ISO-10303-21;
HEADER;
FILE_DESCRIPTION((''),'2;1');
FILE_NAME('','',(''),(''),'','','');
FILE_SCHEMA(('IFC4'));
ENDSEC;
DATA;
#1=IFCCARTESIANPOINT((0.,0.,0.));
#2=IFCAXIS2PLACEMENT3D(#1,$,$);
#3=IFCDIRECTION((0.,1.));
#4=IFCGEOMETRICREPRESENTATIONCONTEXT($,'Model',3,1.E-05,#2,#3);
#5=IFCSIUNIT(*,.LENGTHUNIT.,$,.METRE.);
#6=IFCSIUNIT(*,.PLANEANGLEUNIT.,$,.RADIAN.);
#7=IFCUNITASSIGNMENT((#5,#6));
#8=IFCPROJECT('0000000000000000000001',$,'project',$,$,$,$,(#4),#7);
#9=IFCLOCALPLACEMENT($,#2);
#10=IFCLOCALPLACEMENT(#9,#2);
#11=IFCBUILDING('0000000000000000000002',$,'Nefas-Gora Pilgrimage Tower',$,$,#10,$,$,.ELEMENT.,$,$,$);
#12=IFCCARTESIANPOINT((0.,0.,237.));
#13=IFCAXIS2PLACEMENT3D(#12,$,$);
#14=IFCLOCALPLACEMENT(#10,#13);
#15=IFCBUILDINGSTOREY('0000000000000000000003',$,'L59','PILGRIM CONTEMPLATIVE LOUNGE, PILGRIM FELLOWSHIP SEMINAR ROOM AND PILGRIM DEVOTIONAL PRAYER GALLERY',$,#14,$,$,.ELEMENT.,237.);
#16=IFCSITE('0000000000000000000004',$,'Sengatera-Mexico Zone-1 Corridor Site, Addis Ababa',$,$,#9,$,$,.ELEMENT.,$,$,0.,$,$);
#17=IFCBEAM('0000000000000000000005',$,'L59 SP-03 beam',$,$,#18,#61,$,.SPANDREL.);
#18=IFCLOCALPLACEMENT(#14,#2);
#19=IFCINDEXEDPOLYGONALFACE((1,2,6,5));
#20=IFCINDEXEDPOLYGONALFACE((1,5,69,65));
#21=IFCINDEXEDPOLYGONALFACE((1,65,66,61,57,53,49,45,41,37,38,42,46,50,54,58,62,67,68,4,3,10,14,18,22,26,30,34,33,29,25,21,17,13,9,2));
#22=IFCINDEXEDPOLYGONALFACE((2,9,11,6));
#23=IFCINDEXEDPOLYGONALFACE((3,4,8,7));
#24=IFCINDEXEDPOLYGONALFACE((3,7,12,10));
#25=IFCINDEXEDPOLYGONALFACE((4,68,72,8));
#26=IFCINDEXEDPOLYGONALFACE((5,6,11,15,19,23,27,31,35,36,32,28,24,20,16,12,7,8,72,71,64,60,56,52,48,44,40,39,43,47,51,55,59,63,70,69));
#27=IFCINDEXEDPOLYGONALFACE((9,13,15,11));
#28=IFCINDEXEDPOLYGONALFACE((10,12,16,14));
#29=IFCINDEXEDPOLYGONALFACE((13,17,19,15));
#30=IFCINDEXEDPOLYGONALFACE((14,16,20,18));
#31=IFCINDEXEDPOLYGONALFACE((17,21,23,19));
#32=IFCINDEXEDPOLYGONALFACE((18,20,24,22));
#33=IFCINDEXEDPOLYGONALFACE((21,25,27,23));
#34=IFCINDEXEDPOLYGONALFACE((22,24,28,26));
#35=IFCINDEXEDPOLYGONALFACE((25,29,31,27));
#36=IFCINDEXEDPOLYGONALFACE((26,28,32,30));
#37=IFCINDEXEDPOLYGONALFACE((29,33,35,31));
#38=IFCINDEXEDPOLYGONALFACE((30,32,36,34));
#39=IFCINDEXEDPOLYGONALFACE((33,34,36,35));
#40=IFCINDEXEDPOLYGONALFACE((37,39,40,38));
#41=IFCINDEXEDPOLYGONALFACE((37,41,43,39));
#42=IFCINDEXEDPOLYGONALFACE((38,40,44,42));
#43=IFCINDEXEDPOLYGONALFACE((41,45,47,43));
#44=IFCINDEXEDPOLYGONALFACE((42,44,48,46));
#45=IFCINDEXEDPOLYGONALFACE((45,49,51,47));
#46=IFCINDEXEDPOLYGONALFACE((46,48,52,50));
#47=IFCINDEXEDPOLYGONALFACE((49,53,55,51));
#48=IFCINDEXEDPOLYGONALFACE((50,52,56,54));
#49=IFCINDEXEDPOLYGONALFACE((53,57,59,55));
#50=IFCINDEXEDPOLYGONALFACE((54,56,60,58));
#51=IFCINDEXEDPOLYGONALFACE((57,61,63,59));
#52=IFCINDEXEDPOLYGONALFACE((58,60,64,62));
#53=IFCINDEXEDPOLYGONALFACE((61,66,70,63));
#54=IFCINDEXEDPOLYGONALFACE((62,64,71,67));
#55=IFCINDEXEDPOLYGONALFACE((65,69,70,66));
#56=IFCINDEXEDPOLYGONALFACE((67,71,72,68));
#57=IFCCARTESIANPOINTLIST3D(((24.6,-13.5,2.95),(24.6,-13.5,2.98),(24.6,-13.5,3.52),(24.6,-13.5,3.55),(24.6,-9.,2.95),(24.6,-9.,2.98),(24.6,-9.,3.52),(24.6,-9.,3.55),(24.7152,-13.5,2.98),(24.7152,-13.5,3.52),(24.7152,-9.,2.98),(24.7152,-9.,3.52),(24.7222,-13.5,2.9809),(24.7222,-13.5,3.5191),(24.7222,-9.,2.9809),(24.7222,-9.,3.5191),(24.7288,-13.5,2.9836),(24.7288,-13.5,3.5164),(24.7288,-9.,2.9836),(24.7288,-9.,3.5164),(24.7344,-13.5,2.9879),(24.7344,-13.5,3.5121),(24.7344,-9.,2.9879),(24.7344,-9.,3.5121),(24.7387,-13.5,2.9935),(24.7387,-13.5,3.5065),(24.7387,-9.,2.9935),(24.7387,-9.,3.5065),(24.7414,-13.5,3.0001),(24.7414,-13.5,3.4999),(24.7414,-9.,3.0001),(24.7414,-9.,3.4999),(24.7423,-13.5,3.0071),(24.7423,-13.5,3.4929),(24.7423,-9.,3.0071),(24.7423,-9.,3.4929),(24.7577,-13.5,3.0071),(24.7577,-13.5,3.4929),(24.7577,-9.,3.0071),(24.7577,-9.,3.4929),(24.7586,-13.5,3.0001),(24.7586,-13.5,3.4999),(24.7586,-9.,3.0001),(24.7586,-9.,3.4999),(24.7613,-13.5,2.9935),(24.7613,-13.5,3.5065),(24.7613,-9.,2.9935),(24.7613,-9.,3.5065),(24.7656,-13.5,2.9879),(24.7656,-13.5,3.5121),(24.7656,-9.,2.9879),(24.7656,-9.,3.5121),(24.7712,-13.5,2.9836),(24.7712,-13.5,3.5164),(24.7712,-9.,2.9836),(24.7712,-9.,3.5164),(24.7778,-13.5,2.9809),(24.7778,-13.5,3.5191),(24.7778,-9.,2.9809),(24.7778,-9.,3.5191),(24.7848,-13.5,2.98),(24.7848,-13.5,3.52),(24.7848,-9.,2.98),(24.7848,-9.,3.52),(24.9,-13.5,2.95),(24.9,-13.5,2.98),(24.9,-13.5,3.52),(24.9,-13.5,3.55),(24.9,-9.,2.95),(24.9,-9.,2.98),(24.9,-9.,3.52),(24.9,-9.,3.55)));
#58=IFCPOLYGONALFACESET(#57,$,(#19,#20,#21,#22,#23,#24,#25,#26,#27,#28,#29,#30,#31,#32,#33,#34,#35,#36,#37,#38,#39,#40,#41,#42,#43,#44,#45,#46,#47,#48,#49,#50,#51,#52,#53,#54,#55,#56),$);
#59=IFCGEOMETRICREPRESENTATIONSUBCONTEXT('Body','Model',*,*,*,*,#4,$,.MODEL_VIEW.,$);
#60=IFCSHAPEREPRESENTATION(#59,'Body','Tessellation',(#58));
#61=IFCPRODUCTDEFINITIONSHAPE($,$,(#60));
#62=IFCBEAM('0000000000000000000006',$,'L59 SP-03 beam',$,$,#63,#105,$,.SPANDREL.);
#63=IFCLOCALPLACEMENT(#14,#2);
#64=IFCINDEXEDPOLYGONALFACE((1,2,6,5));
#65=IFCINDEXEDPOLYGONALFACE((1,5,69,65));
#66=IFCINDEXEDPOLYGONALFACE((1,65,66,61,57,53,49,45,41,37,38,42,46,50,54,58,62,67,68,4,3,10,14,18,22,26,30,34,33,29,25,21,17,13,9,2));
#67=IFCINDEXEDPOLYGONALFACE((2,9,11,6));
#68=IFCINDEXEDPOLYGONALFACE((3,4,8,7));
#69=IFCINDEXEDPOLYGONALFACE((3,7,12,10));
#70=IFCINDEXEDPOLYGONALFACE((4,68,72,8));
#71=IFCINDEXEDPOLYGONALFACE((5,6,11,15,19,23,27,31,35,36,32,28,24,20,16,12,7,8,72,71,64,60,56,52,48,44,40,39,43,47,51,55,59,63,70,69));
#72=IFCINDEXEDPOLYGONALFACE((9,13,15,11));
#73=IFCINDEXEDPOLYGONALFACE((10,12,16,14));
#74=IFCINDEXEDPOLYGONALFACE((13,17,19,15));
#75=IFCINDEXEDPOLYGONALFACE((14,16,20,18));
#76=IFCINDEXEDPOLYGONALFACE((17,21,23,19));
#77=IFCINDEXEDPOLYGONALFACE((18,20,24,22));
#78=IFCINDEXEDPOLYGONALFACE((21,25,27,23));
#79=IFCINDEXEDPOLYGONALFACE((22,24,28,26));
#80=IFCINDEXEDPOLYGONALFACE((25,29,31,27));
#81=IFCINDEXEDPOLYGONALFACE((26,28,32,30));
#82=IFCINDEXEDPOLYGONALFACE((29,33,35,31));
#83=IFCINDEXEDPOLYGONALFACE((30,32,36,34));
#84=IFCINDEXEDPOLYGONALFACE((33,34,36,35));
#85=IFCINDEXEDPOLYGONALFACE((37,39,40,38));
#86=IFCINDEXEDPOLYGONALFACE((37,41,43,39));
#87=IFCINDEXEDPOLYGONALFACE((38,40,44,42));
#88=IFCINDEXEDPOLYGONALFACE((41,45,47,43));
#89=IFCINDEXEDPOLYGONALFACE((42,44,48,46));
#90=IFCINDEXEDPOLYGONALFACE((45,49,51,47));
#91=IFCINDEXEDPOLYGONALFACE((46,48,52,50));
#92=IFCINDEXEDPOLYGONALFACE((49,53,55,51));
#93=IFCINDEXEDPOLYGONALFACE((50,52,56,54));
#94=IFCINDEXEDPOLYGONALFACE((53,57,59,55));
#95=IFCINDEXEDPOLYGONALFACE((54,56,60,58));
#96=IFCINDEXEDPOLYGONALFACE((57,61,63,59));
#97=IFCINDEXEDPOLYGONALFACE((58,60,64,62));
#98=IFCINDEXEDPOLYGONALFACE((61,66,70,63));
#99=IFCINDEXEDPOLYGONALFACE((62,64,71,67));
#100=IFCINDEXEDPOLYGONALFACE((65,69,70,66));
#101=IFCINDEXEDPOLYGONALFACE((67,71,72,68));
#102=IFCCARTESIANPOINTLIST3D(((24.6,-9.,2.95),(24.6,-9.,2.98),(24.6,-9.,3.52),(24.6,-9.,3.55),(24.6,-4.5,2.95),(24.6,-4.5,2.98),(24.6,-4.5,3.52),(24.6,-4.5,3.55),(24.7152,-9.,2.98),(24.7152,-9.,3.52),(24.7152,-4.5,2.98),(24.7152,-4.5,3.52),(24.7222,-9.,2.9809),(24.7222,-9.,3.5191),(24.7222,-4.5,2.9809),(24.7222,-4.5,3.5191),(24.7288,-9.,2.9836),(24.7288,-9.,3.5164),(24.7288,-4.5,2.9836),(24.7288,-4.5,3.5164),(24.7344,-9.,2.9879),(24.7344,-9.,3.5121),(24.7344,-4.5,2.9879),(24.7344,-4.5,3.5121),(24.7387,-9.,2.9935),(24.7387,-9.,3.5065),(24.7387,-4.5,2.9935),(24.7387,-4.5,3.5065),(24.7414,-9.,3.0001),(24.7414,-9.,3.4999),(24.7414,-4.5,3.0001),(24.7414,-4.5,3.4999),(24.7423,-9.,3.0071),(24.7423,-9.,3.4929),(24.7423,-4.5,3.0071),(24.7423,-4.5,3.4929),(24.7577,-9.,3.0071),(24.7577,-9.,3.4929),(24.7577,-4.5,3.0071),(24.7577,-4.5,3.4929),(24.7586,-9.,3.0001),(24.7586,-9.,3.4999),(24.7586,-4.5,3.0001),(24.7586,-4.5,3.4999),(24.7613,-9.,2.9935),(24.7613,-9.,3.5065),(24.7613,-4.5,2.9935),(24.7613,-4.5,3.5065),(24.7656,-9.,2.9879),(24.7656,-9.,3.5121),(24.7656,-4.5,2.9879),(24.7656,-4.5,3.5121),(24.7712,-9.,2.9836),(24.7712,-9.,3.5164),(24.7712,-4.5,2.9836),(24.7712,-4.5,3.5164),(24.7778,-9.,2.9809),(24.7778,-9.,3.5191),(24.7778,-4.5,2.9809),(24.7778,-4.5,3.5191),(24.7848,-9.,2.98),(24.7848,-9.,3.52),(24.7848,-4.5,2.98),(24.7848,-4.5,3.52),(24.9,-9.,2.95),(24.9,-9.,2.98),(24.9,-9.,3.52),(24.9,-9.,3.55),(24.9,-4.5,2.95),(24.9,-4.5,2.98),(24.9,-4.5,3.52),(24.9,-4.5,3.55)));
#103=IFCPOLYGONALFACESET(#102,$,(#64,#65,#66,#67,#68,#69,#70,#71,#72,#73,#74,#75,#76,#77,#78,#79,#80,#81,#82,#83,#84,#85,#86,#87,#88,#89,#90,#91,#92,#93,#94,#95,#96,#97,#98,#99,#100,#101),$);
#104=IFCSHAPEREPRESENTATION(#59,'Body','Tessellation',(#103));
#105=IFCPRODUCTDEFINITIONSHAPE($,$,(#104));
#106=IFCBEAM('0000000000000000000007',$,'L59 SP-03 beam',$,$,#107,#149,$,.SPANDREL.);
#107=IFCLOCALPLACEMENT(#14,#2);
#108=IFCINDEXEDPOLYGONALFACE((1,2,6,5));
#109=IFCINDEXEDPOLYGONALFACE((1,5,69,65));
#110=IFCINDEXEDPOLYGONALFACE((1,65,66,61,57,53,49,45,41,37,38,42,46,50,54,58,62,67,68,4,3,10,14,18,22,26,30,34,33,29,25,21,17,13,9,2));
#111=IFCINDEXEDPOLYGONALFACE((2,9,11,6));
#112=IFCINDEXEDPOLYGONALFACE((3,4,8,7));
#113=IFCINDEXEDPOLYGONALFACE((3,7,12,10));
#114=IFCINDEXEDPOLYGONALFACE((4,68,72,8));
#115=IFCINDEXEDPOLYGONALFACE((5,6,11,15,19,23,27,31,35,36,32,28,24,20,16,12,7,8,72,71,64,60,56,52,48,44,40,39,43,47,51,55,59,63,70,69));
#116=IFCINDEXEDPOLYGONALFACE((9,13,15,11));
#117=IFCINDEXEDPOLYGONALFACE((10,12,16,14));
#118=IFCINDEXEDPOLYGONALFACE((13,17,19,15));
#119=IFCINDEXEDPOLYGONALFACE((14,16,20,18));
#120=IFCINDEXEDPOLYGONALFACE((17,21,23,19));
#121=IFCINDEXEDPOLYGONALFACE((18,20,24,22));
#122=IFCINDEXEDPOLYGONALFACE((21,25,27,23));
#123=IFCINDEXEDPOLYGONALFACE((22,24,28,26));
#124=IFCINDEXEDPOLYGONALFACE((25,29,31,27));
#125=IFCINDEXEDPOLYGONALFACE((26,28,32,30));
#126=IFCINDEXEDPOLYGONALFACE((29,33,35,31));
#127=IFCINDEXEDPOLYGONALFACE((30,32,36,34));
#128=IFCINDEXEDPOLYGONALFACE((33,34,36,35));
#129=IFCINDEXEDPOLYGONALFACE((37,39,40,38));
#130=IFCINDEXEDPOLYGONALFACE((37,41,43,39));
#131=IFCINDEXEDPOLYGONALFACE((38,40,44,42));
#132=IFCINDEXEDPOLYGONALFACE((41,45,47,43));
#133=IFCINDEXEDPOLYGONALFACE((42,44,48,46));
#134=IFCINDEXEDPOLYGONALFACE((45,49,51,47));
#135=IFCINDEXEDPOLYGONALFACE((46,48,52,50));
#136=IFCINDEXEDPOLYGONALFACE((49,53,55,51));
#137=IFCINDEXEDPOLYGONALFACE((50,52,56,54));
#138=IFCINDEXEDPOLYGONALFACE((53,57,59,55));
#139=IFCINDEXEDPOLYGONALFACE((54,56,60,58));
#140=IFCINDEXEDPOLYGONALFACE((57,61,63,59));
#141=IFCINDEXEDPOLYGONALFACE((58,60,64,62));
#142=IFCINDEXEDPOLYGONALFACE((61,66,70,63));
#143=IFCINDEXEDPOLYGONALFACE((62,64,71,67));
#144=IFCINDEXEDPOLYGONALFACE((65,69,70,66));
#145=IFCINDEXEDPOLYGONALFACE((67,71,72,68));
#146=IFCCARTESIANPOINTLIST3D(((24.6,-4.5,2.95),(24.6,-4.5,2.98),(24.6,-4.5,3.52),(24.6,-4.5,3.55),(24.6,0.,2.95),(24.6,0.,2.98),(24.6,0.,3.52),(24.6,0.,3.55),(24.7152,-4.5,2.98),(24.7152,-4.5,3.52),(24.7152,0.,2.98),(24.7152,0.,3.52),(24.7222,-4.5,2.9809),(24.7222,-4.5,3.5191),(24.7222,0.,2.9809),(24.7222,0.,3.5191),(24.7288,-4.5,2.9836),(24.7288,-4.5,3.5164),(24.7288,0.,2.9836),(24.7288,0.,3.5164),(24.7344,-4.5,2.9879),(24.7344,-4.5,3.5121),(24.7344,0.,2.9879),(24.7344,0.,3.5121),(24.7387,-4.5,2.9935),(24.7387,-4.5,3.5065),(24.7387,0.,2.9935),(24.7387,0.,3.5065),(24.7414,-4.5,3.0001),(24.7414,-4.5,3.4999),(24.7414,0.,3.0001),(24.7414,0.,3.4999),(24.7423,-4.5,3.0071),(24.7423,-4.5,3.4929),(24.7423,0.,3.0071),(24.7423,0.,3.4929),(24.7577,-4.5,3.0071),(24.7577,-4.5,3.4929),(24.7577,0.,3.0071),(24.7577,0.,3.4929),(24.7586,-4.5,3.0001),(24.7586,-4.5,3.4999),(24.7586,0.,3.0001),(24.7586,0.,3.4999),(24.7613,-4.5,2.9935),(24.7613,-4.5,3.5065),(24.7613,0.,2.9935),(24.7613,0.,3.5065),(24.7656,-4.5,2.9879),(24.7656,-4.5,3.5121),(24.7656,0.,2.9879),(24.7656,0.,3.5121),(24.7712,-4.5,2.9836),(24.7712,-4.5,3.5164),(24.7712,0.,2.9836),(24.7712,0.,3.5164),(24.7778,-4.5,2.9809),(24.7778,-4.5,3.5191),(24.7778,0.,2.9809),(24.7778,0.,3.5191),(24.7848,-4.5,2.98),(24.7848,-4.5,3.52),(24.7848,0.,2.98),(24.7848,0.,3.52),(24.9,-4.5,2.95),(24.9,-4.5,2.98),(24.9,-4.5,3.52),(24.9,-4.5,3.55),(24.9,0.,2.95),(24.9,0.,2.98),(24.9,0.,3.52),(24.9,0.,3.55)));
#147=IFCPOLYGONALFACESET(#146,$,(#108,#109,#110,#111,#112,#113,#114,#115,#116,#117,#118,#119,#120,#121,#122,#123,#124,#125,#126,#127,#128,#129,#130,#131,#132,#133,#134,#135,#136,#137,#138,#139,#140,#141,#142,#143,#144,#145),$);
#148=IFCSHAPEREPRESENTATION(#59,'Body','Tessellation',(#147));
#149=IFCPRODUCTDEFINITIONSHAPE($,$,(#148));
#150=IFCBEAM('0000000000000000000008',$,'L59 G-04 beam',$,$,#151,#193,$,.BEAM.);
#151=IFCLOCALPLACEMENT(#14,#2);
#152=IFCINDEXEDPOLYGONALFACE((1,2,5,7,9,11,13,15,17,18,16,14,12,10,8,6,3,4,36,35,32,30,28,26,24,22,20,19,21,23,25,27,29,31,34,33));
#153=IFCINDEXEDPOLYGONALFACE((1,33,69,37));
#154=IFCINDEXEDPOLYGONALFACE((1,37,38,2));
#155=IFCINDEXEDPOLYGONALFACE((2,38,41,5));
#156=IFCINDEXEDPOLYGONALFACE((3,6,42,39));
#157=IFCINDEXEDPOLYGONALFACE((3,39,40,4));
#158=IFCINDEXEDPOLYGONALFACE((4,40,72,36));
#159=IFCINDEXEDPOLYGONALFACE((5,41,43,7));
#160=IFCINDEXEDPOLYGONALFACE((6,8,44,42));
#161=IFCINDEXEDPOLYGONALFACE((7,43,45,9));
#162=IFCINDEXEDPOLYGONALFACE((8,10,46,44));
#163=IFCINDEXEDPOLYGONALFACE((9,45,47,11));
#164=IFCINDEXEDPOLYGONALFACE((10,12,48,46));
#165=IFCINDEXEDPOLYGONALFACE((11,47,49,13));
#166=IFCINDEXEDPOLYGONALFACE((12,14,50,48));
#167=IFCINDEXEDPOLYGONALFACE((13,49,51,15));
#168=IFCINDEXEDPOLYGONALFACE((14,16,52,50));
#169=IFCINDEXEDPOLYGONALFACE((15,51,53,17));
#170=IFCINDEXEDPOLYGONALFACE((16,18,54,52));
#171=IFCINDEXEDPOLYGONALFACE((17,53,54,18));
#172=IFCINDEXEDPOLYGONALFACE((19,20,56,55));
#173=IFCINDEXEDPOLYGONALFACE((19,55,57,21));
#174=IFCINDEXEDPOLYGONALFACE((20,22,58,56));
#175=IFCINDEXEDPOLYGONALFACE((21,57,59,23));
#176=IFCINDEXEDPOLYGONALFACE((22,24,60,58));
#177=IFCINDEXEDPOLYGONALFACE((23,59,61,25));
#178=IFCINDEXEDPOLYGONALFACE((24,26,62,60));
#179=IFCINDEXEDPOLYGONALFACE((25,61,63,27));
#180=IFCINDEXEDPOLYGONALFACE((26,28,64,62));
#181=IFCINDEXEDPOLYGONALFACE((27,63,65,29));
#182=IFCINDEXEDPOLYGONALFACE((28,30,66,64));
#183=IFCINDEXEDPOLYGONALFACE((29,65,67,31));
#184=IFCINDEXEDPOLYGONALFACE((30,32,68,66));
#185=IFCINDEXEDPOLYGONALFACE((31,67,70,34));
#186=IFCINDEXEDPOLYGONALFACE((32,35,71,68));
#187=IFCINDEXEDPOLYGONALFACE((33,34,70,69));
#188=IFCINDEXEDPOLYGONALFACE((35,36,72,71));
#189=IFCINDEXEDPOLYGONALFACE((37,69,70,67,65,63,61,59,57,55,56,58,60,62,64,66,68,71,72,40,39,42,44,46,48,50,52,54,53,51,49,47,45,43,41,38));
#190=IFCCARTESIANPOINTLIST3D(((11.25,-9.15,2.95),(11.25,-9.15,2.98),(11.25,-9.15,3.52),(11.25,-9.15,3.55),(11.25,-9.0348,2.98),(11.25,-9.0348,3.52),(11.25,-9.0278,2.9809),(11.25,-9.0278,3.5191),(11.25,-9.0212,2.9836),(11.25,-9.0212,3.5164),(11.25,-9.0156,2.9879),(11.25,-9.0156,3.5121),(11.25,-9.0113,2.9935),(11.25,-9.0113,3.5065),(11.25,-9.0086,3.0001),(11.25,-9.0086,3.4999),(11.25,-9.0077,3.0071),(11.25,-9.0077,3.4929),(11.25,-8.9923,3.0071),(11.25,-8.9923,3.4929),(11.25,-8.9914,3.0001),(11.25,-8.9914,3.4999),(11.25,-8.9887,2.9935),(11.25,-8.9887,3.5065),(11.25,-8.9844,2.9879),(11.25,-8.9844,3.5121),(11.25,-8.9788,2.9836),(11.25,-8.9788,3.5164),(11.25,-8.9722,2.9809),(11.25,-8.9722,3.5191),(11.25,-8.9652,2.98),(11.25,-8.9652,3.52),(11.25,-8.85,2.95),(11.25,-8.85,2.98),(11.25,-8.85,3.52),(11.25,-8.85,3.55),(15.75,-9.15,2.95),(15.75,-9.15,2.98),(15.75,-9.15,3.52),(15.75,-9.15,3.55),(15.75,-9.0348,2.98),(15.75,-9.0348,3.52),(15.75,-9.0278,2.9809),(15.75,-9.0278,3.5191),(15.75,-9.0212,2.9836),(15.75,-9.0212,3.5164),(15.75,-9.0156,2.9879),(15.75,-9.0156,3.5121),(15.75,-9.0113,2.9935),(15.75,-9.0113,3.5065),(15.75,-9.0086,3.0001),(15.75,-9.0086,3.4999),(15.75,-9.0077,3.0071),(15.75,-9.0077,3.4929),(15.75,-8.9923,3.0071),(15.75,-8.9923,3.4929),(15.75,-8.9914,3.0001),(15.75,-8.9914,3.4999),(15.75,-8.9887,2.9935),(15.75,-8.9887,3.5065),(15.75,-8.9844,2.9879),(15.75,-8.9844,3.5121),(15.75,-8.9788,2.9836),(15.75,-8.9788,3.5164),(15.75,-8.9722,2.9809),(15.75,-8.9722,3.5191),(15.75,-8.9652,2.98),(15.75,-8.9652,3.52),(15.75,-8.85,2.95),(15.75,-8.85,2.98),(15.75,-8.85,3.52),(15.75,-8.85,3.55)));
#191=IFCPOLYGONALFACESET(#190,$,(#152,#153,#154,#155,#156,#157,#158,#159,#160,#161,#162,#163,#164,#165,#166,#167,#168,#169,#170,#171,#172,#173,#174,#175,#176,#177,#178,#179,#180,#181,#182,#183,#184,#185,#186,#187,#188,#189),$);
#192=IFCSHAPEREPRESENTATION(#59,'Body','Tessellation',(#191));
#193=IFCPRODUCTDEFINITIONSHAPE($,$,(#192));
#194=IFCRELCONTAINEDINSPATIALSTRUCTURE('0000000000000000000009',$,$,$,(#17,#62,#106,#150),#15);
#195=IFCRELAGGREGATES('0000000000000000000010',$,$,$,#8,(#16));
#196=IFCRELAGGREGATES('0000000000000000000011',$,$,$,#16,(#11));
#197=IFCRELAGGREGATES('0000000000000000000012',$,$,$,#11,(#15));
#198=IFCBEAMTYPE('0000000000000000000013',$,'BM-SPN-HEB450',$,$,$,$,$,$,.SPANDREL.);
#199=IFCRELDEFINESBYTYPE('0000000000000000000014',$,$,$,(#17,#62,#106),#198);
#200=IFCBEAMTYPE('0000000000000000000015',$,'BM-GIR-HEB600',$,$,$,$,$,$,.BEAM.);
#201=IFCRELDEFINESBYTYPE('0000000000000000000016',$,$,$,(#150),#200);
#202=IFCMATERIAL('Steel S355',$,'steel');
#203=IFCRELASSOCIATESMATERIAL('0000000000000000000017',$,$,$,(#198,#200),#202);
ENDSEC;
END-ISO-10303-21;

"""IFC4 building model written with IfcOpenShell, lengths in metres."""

from ifc_helpers import new_model, si_unit, direction, frame, origin, origin_2d, place, context, subcontext, project, spatial, i_section, extrude, source, transform, mapped, material, material_profile, profile_set, type_object, element, save


model = new_model("IFC4")

# Units and contexts
model_context = context("Model", 3, precision=1e-05, world=origin(), true_north=direction((0.0, 1.0)))
body_context = subcontext(model_context, "Body", "Model", "MODEL_VIEW")
ifc_project = project(units=[si_unit("LENGTHUNIT", "METRE"), si_unit("PLANEANGLEUNIT", "RADIAN")], contexts=[model_context])

# Site, building, storey
site_placement = place(None, origin())
site = spatial("IfcSite", under=ifc_project, at=site_placement, Name="Sengatera-Mexico Zone-1 Corridor Site, Addis Ababa", CompositionType="ELEMENT", RefElevation=0.0)
building_placement = place(site_placement, origin())
building = spatial("IfcBuilding", under=site, at=building_placement, Name="Nefas-Gora Pilgrimage Tower", CompositionType="ELEMENT")
storey_placement = place(building_placement, frame((0.0, 0.0, 237.0)))
storey = spatial("IfcBuildingStorey", under=building, at=storey_placement, Name="L59", Description="PILGRIM CONTEMPLATIVE LOUNGE, PILGRIM FELLOWSHIP SEMINAR ROOM AND PILGRIM DEVOTIONAL PRAYER GALLERY", CompositionType="ELEMENT", Elevation=237.0)

# Beams
ifc_material_1 = material(Name="Steel S355", Category="steel")
ifc_material_profile_1 = material_profile(ifc_material_1, i_section(OverallWidth=0.3, OverallDepth=0.6001, WebThickness=0.0154, FlangeThickness=0.03, FilletRadius=0.0271, at=origin_2d()), Name="HEB 600")
ifc_profile_set_1 = profile_set([ifc_material_profile_1], Name="Steel S355")
beam_type_1 = type_object("IfcBeamType", Name="BM-SPN-HEB450", PredefinedType="SPANDREL", material=ifc_profile_set_1)
shared_shape_1 = source(origin(), body_context, "Body", "SweptSolid", [
    extrude(i_section(OverallWidth=0.3, OverallDepth=0.6001, WebThickness=0.0154, FlangeThickness=0.03, FilletRadius=0.0271, at=origin_2d()), origin(), (0.0, 0.0, 1.0), 4.5),
])
for number, where, z_axis, x_axis, name in (
    (1, (24.75, -13.5, 3.25), (0.0, 1.0, 0.0), (-1.0, 0.0, 0.0), "L59 SP-03 beam"),
    (2, (24.75, -9.0, 3.25), (0.0, 1.0, 0.0), (-1.0, 0.0, 0.0), "L59 SP-03 beam"),
    (3, (24.75, -4.5, 3.25), (0.0, 1.0, 0.0), (-1.0, 0.0, 0.0), "L59 SP-03 beam"),
):
    element("IfcBeam", number, at=place(storey_placement, frame(where, z_axis=z_axis, x_axis=x_axis)), inside=storey, type_object=beam_type_1, Name=name, PredefinedType="SPANDREL", context=body_context, shape_type="MappedRepresentation", body=[
        mapped(shared_shape_1, transform((0.0, 0.0, 0.0), x_axis=(1.0, 0.0, 0.0), y_axis=(0.0, 1.0, 0.0), z_axis=(0.0, 0.0, 1.0), scale=1.0)),
    ])
ifc_material_profile_2 = material_profile(ifc_material_1, i_section(OverallWidth=0.3, OverallDepth=0.6001, WebThickness=0.0154, FlangeThickness=0.03, FilletRadius=0.0271, at=origin_2d()), Name="HEB 600")
ifc_profile_set_2 = profile_set([ifc_material_profile_2], Name="Steel S355")
beam_type_2 = type_object("IfcBeamType", Name="BM-GIR-HEB600", PredefinedType="BEAM", material=ifc_profile_set_2)
shared_shape_2 = source(origin(), body_context, "Body", "SweptSolid", [
    extrude(i_section(OverallWidth=0.3, OverallDepth=0.6001, WebThickness=0.0154, FlangeThickness=0.03, FilletRadius=0.0271, at=origin_2d()), origin(), (0.0, 0.0, 1.0), 4.5),
])
for number, where, z_axis, x_axis, name in (
    (4, (11.25, -9.0, 3.25), (1.0, 0.0, 0.0), (0.0, 1.0, 0.0), "L59 G-04 beam"),
):
    element("IfcBeam", number, at=place(storey_placement, frame(where, z_axis=z_axis, x_axis=x_axis)), inside=storey, type_object=beam_type_2, Name=name, PredefinedType="BEAM", context=body_context, shape_type="MappedRepresentation", body=[
        mapped(shared_shape_2, transform((0.0, 0.0, 0.0), x_axis=(1.0, 0.0, 0.0), y_axis=(0.0, 1.0, 0.0), z_axis=(0.0, 0.0, 1.0), scale=1.0)),
    ])

save(model, "model.ifc")
